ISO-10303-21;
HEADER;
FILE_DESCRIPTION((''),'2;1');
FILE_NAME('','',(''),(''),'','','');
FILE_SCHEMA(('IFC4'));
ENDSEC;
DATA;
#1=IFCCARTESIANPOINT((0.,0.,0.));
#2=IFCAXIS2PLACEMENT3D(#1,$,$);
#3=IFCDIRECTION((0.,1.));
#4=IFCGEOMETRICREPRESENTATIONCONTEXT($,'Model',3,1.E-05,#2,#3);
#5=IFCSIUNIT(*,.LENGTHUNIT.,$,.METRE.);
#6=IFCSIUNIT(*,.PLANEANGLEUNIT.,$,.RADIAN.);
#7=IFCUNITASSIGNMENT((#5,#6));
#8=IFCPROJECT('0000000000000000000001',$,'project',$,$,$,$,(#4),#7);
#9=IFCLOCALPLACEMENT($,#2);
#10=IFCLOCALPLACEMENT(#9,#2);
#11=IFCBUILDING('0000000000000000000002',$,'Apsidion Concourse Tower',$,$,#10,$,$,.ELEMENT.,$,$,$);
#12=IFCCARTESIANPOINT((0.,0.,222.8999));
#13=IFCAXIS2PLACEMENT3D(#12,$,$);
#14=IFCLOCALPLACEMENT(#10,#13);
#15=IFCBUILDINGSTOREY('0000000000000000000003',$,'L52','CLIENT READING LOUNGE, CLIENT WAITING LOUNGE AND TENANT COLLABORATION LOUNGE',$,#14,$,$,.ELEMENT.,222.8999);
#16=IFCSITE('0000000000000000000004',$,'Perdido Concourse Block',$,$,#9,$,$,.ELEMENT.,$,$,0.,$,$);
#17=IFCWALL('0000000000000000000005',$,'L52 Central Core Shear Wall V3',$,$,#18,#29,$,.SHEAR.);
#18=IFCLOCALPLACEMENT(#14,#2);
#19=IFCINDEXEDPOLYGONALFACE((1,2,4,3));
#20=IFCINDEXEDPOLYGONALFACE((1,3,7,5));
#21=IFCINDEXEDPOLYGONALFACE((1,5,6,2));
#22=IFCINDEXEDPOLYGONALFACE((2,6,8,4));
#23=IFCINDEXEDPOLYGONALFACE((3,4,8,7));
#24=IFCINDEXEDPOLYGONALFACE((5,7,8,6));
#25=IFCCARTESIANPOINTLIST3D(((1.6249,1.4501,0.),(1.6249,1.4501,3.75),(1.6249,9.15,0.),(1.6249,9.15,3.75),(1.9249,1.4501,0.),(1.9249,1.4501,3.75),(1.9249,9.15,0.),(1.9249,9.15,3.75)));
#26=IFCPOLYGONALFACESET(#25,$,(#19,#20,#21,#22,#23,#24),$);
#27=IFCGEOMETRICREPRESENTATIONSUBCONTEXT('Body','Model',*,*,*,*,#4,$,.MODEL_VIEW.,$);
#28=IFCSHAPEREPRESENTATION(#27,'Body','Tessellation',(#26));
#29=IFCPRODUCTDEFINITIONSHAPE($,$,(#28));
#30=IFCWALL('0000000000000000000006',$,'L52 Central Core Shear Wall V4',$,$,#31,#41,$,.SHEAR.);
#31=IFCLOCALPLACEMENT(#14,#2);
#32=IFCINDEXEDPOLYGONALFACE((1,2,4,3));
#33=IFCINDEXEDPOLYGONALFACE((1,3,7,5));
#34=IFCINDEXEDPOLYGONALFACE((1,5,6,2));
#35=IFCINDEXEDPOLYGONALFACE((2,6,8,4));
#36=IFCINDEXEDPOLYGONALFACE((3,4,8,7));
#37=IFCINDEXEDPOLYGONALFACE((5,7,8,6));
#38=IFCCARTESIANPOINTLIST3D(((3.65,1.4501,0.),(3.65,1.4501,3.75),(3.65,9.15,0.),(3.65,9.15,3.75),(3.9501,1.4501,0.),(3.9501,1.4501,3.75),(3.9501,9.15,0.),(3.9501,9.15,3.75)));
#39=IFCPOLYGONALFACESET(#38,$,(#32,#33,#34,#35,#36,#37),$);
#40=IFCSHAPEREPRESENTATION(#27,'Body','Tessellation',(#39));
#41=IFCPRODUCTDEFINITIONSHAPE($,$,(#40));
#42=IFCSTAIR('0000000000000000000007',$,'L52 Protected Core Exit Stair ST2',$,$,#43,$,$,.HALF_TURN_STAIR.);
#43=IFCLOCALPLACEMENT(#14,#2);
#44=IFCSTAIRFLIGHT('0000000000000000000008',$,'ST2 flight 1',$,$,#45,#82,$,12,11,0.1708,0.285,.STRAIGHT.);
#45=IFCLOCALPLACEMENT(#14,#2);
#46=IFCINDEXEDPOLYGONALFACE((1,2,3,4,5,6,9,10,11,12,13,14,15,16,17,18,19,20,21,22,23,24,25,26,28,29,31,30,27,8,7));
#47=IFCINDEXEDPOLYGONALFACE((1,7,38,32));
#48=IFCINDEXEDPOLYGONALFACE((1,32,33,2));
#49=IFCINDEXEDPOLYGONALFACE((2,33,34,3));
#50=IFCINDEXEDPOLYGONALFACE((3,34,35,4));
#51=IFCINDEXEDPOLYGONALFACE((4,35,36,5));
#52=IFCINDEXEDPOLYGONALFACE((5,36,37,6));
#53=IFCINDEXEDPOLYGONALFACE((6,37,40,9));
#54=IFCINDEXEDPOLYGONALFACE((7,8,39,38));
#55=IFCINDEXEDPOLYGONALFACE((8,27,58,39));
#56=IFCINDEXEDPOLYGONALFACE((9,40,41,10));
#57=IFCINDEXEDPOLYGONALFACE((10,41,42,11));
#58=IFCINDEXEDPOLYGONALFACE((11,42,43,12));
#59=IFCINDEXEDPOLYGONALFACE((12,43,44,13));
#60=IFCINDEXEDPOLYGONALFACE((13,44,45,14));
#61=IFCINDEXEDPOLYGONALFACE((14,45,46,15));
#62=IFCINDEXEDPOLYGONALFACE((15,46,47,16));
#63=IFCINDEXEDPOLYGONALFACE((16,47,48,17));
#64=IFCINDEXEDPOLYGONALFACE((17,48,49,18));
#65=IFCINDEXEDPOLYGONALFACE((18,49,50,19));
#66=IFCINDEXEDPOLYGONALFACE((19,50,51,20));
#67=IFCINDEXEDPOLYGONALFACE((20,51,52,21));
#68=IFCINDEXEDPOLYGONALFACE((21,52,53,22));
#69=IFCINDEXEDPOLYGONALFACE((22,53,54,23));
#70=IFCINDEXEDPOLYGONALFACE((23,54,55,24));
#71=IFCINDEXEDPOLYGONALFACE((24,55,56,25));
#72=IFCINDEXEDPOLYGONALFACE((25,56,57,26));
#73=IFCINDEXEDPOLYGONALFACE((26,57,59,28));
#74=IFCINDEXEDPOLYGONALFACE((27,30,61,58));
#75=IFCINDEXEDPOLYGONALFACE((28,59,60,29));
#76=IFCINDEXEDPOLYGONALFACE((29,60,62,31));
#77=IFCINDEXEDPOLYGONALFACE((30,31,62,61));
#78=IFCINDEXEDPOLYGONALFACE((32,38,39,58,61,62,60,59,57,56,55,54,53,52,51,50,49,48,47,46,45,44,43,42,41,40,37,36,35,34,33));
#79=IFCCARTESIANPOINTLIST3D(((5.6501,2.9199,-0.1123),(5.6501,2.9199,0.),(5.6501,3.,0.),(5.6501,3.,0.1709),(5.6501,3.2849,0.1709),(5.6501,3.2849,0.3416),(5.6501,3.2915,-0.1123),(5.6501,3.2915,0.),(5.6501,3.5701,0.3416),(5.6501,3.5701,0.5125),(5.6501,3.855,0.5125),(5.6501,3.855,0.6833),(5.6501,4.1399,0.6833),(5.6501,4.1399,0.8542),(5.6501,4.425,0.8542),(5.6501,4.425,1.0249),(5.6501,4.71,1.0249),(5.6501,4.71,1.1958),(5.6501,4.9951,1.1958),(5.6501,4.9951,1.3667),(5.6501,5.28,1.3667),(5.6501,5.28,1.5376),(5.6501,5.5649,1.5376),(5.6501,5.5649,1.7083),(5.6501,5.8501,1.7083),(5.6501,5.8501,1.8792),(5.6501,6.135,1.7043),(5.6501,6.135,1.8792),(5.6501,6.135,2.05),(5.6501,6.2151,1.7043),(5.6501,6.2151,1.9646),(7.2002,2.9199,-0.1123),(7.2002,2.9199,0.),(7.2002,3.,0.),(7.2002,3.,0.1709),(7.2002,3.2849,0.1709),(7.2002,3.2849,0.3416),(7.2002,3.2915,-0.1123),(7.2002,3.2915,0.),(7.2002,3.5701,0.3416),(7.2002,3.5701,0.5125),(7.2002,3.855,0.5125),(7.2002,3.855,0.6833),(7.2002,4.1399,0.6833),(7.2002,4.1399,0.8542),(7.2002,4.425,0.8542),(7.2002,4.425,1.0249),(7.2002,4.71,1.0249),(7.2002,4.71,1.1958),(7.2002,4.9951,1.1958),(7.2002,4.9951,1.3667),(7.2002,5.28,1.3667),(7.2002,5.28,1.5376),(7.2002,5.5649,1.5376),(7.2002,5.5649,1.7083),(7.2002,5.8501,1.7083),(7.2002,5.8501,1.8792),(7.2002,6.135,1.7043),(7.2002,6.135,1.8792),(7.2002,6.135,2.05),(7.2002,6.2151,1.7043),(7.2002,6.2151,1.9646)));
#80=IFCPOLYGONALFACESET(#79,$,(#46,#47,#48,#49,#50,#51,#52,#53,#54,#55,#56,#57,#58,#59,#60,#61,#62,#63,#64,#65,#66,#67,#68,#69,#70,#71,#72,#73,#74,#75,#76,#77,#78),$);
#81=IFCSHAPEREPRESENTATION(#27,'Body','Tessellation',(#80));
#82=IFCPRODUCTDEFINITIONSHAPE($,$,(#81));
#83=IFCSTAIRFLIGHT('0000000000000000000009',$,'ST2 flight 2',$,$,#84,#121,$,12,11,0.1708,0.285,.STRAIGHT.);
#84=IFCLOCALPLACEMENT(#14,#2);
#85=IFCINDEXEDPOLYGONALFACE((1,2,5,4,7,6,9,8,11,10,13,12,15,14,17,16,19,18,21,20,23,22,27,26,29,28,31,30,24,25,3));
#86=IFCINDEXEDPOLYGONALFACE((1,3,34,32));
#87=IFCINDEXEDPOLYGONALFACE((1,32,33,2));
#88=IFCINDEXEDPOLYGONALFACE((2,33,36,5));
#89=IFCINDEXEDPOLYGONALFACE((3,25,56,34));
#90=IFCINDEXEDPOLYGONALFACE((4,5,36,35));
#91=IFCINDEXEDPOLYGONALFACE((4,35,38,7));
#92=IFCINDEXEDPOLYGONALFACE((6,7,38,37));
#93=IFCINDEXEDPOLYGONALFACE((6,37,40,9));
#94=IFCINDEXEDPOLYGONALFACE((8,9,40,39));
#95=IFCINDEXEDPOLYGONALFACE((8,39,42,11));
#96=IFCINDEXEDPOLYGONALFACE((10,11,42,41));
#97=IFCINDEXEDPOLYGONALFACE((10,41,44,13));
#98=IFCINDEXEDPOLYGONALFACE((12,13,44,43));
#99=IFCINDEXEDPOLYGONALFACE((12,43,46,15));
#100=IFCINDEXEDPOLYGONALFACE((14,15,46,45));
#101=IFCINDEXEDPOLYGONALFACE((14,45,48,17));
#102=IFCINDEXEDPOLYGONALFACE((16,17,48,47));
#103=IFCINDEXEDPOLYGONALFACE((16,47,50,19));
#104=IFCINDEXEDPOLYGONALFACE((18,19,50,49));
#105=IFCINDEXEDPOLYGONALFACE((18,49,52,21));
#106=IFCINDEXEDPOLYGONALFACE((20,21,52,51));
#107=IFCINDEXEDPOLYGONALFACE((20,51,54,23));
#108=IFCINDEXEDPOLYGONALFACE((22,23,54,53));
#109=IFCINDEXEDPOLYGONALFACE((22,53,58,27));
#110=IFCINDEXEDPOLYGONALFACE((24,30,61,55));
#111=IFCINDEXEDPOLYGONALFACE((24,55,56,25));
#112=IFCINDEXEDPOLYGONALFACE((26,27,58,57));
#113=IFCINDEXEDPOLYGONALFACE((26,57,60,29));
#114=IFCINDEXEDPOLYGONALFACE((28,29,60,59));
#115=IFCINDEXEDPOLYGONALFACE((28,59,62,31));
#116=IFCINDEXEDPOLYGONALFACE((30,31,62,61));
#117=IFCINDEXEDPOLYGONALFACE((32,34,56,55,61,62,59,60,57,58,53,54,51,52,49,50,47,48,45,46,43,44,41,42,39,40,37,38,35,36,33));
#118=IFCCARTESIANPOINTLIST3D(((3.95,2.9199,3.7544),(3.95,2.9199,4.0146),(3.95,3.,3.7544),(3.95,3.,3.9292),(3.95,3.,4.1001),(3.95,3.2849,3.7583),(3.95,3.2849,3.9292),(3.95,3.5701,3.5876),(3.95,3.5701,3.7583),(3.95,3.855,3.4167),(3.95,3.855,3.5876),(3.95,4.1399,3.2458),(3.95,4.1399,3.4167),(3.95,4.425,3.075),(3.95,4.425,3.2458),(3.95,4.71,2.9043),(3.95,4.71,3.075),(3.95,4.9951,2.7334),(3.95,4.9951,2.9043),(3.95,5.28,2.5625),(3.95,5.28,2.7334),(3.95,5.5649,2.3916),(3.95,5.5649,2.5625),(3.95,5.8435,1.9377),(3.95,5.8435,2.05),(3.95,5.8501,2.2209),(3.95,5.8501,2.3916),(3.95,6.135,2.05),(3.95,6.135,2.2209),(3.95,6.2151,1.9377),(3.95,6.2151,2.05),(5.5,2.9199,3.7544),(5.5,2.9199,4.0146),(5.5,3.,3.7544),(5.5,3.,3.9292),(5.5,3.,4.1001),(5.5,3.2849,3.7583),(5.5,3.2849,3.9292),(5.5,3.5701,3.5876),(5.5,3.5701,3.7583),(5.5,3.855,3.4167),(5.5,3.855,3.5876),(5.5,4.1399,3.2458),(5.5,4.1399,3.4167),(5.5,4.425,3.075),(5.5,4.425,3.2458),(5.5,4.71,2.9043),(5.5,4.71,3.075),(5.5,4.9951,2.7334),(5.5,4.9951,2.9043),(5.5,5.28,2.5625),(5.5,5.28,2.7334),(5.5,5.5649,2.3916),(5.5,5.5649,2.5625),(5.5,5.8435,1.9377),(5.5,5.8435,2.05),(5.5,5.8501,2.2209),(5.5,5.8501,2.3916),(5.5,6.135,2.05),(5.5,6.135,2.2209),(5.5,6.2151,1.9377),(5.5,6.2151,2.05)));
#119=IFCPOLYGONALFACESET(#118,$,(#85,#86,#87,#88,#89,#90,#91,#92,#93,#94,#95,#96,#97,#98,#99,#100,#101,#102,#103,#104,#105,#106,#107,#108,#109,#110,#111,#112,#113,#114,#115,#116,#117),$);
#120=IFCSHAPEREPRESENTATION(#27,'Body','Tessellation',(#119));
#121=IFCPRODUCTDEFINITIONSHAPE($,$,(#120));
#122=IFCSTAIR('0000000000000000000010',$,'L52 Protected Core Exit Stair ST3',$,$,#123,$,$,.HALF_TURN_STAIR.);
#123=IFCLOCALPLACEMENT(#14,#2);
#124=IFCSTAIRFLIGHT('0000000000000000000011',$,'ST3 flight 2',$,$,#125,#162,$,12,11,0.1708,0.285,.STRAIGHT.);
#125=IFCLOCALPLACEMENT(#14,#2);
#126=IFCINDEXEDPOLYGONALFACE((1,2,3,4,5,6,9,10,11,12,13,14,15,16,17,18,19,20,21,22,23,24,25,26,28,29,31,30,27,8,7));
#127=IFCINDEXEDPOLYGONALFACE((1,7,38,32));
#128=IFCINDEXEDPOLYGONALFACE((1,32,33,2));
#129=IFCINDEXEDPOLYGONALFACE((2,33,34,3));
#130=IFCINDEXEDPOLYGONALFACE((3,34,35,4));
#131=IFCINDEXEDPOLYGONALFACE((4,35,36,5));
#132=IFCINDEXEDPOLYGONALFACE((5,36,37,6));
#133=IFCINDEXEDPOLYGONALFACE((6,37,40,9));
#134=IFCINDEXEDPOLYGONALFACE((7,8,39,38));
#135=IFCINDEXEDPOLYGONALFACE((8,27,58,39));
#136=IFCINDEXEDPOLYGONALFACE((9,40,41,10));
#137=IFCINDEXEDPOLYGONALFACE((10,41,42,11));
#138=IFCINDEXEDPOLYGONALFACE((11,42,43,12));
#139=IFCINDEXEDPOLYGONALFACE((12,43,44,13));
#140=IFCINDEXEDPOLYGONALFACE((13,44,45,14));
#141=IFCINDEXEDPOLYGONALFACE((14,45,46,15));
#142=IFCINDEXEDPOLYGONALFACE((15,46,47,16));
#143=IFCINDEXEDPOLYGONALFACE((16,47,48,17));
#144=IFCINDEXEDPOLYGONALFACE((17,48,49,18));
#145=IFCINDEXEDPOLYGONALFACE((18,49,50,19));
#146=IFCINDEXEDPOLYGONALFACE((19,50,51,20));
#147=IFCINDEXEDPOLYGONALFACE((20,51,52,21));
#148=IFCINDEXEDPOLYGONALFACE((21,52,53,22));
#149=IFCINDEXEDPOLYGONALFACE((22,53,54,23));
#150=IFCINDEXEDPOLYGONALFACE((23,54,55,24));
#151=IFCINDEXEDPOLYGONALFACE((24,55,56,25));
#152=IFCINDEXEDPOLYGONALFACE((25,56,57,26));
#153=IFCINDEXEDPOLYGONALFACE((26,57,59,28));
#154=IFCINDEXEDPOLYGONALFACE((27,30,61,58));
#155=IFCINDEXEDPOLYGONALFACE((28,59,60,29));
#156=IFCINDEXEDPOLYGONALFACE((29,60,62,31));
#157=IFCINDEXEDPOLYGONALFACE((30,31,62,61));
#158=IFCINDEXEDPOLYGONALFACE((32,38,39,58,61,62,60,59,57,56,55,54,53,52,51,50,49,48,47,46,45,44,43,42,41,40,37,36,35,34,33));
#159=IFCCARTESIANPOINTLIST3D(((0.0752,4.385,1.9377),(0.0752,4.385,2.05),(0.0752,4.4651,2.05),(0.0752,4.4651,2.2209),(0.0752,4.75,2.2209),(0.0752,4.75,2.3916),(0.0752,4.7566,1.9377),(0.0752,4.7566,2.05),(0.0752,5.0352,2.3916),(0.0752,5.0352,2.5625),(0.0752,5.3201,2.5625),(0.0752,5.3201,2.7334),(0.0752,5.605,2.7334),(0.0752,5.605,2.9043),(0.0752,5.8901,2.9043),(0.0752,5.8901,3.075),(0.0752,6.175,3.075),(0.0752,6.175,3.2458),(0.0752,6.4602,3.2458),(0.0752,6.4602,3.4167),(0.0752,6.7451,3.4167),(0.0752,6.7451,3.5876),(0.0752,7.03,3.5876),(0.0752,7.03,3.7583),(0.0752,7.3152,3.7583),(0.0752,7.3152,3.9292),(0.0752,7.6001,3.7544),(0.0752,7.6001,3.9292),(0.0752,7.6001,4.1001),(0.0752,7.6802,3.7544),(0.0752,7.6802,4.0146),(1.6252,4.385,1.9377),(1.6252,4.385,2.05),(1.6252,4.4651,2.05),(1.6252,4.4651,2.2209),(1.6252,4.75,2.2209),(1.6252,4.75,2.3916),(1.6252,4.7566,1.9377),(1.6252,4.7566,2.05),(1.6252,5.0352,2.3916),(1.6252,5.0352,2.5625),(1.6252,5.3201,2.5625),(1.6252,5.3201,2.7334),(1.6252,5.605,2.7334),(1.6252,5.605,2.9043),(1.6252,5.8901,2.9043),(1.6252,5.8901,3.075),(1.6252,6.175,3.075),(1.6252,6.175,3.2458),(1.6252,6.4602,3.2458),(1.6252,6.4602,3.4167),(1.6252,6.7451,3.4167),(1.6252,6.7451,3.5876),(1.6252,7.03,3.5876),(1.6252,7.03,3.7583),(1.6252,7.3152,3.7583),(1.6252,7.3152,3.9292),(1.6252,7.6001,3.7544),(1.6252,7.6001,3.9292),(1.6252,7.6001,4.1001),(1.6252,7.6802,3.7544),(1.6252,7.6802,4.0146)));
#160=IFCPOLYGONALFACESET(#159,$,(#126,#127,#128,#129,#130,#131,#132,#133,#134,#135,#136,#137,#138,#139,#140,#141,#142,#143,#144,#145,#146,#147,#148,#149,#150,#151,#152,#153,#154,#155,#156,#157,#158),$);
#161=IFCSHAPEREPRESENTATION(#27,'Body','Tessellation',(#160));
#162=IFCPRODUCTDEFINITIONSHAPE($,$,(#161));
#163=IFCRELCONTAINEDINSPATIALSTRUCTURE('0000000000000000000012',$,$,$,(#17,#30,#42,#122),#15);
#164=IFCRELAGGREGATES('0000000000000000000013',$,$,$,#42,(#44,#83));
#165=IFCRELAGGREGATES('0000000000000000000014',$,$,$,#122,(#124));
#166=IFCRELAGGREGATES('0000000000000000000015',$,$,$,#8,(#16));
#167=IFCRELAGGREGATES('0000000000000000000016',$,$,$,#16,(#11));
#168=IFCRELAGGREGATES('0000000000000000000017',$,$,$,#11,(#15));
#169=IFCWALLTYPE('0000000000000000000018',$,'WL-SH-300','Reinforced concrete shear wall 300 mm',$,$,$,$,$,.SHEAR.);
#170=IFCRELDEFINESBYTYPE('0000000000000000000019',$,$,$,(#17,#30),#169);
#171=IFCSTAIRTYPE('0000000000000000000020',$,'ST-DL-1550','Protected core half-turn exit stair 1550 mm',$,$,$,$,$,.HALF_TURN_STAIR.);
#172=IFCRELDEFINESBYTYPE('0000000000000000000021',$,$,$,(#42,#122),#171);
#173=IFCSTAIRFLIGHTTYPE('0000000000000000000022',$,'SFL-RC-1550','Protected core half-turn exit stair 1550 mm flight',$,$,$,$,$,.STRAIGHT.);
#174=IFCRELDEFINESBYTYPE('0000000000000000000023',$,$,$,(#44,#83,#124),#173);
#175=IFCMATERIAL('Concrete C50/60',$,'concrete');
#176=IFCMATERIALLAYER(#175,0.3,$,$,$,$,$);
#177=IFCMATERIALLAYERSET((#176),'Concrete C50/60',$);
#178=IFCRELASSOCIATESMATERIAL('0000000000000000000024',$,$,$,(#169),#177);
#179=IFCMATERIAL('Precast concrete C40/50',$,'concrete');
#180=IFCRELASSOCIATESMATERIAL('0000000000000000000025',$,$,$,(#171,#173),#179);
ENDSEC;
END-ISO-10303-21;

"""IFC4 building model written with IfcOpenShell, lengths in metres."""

from ifc_helpers import new_model, si_unit, direction, frame, frame_2d, origin, place, context, subcontext, project, spatial, polyline, rectangle, outline, extrude, material, layer, layer_set, type_object, element, aggregate, save


model = new_model("IFC4")

# Units and contexts
model_context = context("Model", 3, precision=1e-05, world=origin(), true_north=direction((0.0, 1.0)))
body_context = subcontext(model_context, "Body", "Model", "MODEL_VIEW")
ifc_project = project(units=[si_unit("LENGTHUNIT", "METRE"), si_unit("PLANEANGLEUNIT", "RADIAN")], contexts=[model_context])

# Site, building, storey
site_placement = place(None, origin())
site = spatial("IfcSite", under=ifc_project, at=site_placement, Name="Perdido Concourse Block", CompositionType="ELEMENT", RefElevation=0.0)
building_placement = place(site_placement, origin())
building = spatial("IfcBuilding", under=site, at=building_placement, Name="Apsidion Concourse Tower", CompositionType="ELEMENT")
storey_placement = place(building_placement, frame((0.0, 0.0, 222.8999)))
storey = spatial("IfcBuildingStorey", under=building, at=storey_placement, Name="L52", Description="CLIENT READING LOUNGE, CLIENT WAITING LOUNGE AND TENANT COLLABORATION LOUNGE", CompositionType="ELEMENT", Elevation=222.8999)

# Shared definitions
ifc_material_1 = material(Name="Concrete C50/60", Category="concrete")

# Walls
ifc_layer_1 = layer(ifc_material_1, 0.3)
ifc_layer_set_1 = layer_set([ifc_layer_1], Name="Concrete C50/60")
wall_type_1 = type_object("IfcWallType", Name="WL-SH-300", Description="Reinforced concrete shear wall 300 mm", PredefinedType="SHEAR", material=ifc_layer_set_1)
for number, where, z_axis, x_axis, name in (
    (1, (1.7749, 1.45, 0.0), (0.0, 0.0, 1.0), (0.0, 1.0, 0.0), "L52 Central Core Shear Wall V3"),
    (2, (3.8, 1.45, 0.0), (0.0, 0.0, 1.0), (0.0, 1.0, 0.0), "L52 Central Core Shear Wall V4"),
):
    element("IfcWall", number, at=place(storey_placement, frame(where, z_axis=z_axis, x_axis=x_axis)), inside=storey, type_object=wall_type_1, Name=name, PredefinedType="SHEAR", context=body_context, shape_type="SweptSolid", body=[
        extrude(rectangle(XDim=7.7, YDim=0.3, at=frame_2d((3.8501, 0.0))), origin(), (0.0, 0.0, 1.0), 3.75),
    ])

# Stair, stair flights
ifc_material_2 = material(Name="Precast concrete C40/50", Category="concrete")
stair_type = type_object("IfcStairType", Name="ST-DL-1550", Description="Protected core half-turn exit stair 1550 mm", PredefinedType="HALF_TURN_STAIR", material=ifc_material_2)
stair_1_placement = place(storey_placement, origin())
stair_1 = element("IfcStair", 3, at=stair_1_placement, inside=storey, type_object=stair_type, Name="L52 Protected Core Exit Stair ST2", PredefinedType="HALF_TURN_STAIR")
stair_flight_type = type_object("IfcStairFlightType", Name="SFL-RC-1550", Description="Protected core half-turn exit stair 1550 mm flight", PredefinedType="STRAIGHT", material=ifc_material_2)
stair_flight_1_placement = place(storey_placement, frame((6.425, 3.0, 0.0), z_axis=(0.0, 0.0, 1.0), x_axis=(0.0, 1.0, 0.0)))
stair_flight_1 = element("IfcStairFlight", 4, at=stair_flight_1_placement, type_object=stair_flight_type, Name="ST2 flight 1", NumberOfRisers=12, NumberOfTreads=11, PredefinedType="STRAIGHT", RiserHeight=0.1708, TreadLength=0.285, context=body_context, shape_type="SweptSolid", body=[
    extrude(outline(polyline([(-0.0801, -0.1123), (-0.0801, 0.0), (0.0, 0.0), (0.0, 0.1709), (0.2849, 0.1709), (0.2849, 0.3416), (0.5701, 0.3416), (0.5701, 0.5125), (0.855, 0.5125), (0.855, 0.6833), (1.1399, 0.6833), (1.1399, 0.8542), (1.425, 0.8542), (1.425, 1.0249), (1.71, 1.0249), (1.71, 1.1958), (1.9951, 1.1958), (1.9951, 1.3667), (2.28, 1.3667), (2.28, 1.5376), (2.5649, 1.5376), (2.5649, 1.7083), (2.8501, 1.7083), (2.8501, 1.8792), (3.135, 1.8792), (3.135, 2.05), (3.2151, 1.9646), (3.2151, 1.7043), (3.135, 1.7043), (0.2915, 0.0), (0.2915, -0.1123), (-0.0801, -0.1123)])), frame((0.0, 0.7749, 0.0), z_axis=(0.0, -1.0, 0.0), x_axis=(1.0, 0.0, 0.0)), (0.0, 0.0, 1.0), 1.55),
])
stair_flight_2_placement = place(storey_placement, frame((4.7251, 6.135, 2.05), z_axis=(0.0, 0.0, 1.0), x_axis=(0.0, -1.0, 0.0)))
stair_flight_2 = element("IfcStairFlight", 5, at=stair_flight_2_placement, type_object=stair_flight_type, Name="ST2 flight 2", NumberOfRisers=12, NumberOfTreads=11, PredefinedType="STRAIGHT", RiserHeight=0.1708, TreadLength=0.285, context=body_context, shape_type="SweptSolid", body=[
    extrude(outline(polyline([(-0.0801, -0.1123), (-0.0801, 0.0), (0.0, 0.0), (0.0, 0.1709), (0.2849, 0.1709), (0.2849, 0.3416), (0.5701, 0.3416), (0.5701, 0.5125), (0.855, 0.5125), (0.855, 0.6833), (1.1399, 0.6833), (1.1399, 0.8542), (1.425, 0.8542), (1.425, 1.0249), (1.71, 1.0249), (1.71, 1.1958), (1.9951, 1.1958), (1.9951, 1.3667), (2.28, 1.3667), (2.28, 1.5376), (2.5649, 1.5376), (2.5649, 1.7083), (2.8501, 1.7083), (2.8501, 1.8792), (3.135, 1.8792), (3.135, 2.05), (3.2151, 1.9646), (3.2151, 1.7043), (3.135, 1.7043), (0.2915, 0.0), (0.2915, -0.1123), (-0.0801, -0.1123)])), frame((0.0, 0.7749, 0.0), z_axis=(0.0, -1.0, 0.0), x_axis=(1.0, 0.0, 0.0)), (0.0, 0.0, 1.0), 1.55),
])
aggregate(stair_1, [stair_flight_1, stair_flight_2])

# Stair, stair flight
stair_2_placement = place(storey_placement, origin())
stair_2 = element("IfcStair", 6, at=stair_2_placement, inside=storey, type_object=stair_type, Name="L52 Protected Core Exit Stair ST3", PredefinedType="HALF_TURN_STAIR")
stair_flight_3_placement = place(storey_placement, frame((0.8501, 4.4651, 2.05), z_axis=(0.0, 0.0, 1.0), x_axis=(0.0, 1.0, 0.0)))
stair_flight_3 = element("IfcStairFlight", 7, at=stair_flight_3_placement, type_object=stair_flight_type, Name="ST3 flight 2", NumberOfRisers=12, NumberOfTreads=11, PredefinedType="STRAIGHT", RiserHeight=0.1708, TreadLength=0.285, context=body_context, shape_type="SweptSolid", body=[
    extrude(outline(polyline([(-0.0801, -0.1123), (-0.0801, 0.0), (0.0, 0.0), (0.0, 0.1709), (0.2849, 0.1709), (0.2849, 0.3416), (0.5701, 0.3416), (0.5701, 0.5125), (0.855, 0.5125), (0.855, 0.6833), (1.1399, 0.6833), (1.1399, 0.8542), (1.425, 0.8542), (1.425, 1.0249), (1.71, 1.0249), (1.71, 1.1958), (1.9951, 1.1958), (1.9951, 1.3667), (2.28, 1.3667), (2.28, 1.5376), (2.5649, 1.5376), (2.5649, 1.7083), (2.8501, 1.7083), (2.8501, 1.8792), (3.135, 1.8792), (3.135, 2.05), (3.2151, 1.9646), (3.2151, 1.7043), (3.135, 1.7043), (0.2915, 0.0), (0.2915, -0.1123), (-0.0801, -0.1123)])), frame((0.0, 0.7749, 0.0), z_axis=(0.0, -1.0, 0.0), x_axis=(1.0, 0.0, 0.0)), (0.0, 0.0, 1.0), 1.55),
])
aggregate(stair_2, [stair_flight_3])

save(model, "model.ifc")
